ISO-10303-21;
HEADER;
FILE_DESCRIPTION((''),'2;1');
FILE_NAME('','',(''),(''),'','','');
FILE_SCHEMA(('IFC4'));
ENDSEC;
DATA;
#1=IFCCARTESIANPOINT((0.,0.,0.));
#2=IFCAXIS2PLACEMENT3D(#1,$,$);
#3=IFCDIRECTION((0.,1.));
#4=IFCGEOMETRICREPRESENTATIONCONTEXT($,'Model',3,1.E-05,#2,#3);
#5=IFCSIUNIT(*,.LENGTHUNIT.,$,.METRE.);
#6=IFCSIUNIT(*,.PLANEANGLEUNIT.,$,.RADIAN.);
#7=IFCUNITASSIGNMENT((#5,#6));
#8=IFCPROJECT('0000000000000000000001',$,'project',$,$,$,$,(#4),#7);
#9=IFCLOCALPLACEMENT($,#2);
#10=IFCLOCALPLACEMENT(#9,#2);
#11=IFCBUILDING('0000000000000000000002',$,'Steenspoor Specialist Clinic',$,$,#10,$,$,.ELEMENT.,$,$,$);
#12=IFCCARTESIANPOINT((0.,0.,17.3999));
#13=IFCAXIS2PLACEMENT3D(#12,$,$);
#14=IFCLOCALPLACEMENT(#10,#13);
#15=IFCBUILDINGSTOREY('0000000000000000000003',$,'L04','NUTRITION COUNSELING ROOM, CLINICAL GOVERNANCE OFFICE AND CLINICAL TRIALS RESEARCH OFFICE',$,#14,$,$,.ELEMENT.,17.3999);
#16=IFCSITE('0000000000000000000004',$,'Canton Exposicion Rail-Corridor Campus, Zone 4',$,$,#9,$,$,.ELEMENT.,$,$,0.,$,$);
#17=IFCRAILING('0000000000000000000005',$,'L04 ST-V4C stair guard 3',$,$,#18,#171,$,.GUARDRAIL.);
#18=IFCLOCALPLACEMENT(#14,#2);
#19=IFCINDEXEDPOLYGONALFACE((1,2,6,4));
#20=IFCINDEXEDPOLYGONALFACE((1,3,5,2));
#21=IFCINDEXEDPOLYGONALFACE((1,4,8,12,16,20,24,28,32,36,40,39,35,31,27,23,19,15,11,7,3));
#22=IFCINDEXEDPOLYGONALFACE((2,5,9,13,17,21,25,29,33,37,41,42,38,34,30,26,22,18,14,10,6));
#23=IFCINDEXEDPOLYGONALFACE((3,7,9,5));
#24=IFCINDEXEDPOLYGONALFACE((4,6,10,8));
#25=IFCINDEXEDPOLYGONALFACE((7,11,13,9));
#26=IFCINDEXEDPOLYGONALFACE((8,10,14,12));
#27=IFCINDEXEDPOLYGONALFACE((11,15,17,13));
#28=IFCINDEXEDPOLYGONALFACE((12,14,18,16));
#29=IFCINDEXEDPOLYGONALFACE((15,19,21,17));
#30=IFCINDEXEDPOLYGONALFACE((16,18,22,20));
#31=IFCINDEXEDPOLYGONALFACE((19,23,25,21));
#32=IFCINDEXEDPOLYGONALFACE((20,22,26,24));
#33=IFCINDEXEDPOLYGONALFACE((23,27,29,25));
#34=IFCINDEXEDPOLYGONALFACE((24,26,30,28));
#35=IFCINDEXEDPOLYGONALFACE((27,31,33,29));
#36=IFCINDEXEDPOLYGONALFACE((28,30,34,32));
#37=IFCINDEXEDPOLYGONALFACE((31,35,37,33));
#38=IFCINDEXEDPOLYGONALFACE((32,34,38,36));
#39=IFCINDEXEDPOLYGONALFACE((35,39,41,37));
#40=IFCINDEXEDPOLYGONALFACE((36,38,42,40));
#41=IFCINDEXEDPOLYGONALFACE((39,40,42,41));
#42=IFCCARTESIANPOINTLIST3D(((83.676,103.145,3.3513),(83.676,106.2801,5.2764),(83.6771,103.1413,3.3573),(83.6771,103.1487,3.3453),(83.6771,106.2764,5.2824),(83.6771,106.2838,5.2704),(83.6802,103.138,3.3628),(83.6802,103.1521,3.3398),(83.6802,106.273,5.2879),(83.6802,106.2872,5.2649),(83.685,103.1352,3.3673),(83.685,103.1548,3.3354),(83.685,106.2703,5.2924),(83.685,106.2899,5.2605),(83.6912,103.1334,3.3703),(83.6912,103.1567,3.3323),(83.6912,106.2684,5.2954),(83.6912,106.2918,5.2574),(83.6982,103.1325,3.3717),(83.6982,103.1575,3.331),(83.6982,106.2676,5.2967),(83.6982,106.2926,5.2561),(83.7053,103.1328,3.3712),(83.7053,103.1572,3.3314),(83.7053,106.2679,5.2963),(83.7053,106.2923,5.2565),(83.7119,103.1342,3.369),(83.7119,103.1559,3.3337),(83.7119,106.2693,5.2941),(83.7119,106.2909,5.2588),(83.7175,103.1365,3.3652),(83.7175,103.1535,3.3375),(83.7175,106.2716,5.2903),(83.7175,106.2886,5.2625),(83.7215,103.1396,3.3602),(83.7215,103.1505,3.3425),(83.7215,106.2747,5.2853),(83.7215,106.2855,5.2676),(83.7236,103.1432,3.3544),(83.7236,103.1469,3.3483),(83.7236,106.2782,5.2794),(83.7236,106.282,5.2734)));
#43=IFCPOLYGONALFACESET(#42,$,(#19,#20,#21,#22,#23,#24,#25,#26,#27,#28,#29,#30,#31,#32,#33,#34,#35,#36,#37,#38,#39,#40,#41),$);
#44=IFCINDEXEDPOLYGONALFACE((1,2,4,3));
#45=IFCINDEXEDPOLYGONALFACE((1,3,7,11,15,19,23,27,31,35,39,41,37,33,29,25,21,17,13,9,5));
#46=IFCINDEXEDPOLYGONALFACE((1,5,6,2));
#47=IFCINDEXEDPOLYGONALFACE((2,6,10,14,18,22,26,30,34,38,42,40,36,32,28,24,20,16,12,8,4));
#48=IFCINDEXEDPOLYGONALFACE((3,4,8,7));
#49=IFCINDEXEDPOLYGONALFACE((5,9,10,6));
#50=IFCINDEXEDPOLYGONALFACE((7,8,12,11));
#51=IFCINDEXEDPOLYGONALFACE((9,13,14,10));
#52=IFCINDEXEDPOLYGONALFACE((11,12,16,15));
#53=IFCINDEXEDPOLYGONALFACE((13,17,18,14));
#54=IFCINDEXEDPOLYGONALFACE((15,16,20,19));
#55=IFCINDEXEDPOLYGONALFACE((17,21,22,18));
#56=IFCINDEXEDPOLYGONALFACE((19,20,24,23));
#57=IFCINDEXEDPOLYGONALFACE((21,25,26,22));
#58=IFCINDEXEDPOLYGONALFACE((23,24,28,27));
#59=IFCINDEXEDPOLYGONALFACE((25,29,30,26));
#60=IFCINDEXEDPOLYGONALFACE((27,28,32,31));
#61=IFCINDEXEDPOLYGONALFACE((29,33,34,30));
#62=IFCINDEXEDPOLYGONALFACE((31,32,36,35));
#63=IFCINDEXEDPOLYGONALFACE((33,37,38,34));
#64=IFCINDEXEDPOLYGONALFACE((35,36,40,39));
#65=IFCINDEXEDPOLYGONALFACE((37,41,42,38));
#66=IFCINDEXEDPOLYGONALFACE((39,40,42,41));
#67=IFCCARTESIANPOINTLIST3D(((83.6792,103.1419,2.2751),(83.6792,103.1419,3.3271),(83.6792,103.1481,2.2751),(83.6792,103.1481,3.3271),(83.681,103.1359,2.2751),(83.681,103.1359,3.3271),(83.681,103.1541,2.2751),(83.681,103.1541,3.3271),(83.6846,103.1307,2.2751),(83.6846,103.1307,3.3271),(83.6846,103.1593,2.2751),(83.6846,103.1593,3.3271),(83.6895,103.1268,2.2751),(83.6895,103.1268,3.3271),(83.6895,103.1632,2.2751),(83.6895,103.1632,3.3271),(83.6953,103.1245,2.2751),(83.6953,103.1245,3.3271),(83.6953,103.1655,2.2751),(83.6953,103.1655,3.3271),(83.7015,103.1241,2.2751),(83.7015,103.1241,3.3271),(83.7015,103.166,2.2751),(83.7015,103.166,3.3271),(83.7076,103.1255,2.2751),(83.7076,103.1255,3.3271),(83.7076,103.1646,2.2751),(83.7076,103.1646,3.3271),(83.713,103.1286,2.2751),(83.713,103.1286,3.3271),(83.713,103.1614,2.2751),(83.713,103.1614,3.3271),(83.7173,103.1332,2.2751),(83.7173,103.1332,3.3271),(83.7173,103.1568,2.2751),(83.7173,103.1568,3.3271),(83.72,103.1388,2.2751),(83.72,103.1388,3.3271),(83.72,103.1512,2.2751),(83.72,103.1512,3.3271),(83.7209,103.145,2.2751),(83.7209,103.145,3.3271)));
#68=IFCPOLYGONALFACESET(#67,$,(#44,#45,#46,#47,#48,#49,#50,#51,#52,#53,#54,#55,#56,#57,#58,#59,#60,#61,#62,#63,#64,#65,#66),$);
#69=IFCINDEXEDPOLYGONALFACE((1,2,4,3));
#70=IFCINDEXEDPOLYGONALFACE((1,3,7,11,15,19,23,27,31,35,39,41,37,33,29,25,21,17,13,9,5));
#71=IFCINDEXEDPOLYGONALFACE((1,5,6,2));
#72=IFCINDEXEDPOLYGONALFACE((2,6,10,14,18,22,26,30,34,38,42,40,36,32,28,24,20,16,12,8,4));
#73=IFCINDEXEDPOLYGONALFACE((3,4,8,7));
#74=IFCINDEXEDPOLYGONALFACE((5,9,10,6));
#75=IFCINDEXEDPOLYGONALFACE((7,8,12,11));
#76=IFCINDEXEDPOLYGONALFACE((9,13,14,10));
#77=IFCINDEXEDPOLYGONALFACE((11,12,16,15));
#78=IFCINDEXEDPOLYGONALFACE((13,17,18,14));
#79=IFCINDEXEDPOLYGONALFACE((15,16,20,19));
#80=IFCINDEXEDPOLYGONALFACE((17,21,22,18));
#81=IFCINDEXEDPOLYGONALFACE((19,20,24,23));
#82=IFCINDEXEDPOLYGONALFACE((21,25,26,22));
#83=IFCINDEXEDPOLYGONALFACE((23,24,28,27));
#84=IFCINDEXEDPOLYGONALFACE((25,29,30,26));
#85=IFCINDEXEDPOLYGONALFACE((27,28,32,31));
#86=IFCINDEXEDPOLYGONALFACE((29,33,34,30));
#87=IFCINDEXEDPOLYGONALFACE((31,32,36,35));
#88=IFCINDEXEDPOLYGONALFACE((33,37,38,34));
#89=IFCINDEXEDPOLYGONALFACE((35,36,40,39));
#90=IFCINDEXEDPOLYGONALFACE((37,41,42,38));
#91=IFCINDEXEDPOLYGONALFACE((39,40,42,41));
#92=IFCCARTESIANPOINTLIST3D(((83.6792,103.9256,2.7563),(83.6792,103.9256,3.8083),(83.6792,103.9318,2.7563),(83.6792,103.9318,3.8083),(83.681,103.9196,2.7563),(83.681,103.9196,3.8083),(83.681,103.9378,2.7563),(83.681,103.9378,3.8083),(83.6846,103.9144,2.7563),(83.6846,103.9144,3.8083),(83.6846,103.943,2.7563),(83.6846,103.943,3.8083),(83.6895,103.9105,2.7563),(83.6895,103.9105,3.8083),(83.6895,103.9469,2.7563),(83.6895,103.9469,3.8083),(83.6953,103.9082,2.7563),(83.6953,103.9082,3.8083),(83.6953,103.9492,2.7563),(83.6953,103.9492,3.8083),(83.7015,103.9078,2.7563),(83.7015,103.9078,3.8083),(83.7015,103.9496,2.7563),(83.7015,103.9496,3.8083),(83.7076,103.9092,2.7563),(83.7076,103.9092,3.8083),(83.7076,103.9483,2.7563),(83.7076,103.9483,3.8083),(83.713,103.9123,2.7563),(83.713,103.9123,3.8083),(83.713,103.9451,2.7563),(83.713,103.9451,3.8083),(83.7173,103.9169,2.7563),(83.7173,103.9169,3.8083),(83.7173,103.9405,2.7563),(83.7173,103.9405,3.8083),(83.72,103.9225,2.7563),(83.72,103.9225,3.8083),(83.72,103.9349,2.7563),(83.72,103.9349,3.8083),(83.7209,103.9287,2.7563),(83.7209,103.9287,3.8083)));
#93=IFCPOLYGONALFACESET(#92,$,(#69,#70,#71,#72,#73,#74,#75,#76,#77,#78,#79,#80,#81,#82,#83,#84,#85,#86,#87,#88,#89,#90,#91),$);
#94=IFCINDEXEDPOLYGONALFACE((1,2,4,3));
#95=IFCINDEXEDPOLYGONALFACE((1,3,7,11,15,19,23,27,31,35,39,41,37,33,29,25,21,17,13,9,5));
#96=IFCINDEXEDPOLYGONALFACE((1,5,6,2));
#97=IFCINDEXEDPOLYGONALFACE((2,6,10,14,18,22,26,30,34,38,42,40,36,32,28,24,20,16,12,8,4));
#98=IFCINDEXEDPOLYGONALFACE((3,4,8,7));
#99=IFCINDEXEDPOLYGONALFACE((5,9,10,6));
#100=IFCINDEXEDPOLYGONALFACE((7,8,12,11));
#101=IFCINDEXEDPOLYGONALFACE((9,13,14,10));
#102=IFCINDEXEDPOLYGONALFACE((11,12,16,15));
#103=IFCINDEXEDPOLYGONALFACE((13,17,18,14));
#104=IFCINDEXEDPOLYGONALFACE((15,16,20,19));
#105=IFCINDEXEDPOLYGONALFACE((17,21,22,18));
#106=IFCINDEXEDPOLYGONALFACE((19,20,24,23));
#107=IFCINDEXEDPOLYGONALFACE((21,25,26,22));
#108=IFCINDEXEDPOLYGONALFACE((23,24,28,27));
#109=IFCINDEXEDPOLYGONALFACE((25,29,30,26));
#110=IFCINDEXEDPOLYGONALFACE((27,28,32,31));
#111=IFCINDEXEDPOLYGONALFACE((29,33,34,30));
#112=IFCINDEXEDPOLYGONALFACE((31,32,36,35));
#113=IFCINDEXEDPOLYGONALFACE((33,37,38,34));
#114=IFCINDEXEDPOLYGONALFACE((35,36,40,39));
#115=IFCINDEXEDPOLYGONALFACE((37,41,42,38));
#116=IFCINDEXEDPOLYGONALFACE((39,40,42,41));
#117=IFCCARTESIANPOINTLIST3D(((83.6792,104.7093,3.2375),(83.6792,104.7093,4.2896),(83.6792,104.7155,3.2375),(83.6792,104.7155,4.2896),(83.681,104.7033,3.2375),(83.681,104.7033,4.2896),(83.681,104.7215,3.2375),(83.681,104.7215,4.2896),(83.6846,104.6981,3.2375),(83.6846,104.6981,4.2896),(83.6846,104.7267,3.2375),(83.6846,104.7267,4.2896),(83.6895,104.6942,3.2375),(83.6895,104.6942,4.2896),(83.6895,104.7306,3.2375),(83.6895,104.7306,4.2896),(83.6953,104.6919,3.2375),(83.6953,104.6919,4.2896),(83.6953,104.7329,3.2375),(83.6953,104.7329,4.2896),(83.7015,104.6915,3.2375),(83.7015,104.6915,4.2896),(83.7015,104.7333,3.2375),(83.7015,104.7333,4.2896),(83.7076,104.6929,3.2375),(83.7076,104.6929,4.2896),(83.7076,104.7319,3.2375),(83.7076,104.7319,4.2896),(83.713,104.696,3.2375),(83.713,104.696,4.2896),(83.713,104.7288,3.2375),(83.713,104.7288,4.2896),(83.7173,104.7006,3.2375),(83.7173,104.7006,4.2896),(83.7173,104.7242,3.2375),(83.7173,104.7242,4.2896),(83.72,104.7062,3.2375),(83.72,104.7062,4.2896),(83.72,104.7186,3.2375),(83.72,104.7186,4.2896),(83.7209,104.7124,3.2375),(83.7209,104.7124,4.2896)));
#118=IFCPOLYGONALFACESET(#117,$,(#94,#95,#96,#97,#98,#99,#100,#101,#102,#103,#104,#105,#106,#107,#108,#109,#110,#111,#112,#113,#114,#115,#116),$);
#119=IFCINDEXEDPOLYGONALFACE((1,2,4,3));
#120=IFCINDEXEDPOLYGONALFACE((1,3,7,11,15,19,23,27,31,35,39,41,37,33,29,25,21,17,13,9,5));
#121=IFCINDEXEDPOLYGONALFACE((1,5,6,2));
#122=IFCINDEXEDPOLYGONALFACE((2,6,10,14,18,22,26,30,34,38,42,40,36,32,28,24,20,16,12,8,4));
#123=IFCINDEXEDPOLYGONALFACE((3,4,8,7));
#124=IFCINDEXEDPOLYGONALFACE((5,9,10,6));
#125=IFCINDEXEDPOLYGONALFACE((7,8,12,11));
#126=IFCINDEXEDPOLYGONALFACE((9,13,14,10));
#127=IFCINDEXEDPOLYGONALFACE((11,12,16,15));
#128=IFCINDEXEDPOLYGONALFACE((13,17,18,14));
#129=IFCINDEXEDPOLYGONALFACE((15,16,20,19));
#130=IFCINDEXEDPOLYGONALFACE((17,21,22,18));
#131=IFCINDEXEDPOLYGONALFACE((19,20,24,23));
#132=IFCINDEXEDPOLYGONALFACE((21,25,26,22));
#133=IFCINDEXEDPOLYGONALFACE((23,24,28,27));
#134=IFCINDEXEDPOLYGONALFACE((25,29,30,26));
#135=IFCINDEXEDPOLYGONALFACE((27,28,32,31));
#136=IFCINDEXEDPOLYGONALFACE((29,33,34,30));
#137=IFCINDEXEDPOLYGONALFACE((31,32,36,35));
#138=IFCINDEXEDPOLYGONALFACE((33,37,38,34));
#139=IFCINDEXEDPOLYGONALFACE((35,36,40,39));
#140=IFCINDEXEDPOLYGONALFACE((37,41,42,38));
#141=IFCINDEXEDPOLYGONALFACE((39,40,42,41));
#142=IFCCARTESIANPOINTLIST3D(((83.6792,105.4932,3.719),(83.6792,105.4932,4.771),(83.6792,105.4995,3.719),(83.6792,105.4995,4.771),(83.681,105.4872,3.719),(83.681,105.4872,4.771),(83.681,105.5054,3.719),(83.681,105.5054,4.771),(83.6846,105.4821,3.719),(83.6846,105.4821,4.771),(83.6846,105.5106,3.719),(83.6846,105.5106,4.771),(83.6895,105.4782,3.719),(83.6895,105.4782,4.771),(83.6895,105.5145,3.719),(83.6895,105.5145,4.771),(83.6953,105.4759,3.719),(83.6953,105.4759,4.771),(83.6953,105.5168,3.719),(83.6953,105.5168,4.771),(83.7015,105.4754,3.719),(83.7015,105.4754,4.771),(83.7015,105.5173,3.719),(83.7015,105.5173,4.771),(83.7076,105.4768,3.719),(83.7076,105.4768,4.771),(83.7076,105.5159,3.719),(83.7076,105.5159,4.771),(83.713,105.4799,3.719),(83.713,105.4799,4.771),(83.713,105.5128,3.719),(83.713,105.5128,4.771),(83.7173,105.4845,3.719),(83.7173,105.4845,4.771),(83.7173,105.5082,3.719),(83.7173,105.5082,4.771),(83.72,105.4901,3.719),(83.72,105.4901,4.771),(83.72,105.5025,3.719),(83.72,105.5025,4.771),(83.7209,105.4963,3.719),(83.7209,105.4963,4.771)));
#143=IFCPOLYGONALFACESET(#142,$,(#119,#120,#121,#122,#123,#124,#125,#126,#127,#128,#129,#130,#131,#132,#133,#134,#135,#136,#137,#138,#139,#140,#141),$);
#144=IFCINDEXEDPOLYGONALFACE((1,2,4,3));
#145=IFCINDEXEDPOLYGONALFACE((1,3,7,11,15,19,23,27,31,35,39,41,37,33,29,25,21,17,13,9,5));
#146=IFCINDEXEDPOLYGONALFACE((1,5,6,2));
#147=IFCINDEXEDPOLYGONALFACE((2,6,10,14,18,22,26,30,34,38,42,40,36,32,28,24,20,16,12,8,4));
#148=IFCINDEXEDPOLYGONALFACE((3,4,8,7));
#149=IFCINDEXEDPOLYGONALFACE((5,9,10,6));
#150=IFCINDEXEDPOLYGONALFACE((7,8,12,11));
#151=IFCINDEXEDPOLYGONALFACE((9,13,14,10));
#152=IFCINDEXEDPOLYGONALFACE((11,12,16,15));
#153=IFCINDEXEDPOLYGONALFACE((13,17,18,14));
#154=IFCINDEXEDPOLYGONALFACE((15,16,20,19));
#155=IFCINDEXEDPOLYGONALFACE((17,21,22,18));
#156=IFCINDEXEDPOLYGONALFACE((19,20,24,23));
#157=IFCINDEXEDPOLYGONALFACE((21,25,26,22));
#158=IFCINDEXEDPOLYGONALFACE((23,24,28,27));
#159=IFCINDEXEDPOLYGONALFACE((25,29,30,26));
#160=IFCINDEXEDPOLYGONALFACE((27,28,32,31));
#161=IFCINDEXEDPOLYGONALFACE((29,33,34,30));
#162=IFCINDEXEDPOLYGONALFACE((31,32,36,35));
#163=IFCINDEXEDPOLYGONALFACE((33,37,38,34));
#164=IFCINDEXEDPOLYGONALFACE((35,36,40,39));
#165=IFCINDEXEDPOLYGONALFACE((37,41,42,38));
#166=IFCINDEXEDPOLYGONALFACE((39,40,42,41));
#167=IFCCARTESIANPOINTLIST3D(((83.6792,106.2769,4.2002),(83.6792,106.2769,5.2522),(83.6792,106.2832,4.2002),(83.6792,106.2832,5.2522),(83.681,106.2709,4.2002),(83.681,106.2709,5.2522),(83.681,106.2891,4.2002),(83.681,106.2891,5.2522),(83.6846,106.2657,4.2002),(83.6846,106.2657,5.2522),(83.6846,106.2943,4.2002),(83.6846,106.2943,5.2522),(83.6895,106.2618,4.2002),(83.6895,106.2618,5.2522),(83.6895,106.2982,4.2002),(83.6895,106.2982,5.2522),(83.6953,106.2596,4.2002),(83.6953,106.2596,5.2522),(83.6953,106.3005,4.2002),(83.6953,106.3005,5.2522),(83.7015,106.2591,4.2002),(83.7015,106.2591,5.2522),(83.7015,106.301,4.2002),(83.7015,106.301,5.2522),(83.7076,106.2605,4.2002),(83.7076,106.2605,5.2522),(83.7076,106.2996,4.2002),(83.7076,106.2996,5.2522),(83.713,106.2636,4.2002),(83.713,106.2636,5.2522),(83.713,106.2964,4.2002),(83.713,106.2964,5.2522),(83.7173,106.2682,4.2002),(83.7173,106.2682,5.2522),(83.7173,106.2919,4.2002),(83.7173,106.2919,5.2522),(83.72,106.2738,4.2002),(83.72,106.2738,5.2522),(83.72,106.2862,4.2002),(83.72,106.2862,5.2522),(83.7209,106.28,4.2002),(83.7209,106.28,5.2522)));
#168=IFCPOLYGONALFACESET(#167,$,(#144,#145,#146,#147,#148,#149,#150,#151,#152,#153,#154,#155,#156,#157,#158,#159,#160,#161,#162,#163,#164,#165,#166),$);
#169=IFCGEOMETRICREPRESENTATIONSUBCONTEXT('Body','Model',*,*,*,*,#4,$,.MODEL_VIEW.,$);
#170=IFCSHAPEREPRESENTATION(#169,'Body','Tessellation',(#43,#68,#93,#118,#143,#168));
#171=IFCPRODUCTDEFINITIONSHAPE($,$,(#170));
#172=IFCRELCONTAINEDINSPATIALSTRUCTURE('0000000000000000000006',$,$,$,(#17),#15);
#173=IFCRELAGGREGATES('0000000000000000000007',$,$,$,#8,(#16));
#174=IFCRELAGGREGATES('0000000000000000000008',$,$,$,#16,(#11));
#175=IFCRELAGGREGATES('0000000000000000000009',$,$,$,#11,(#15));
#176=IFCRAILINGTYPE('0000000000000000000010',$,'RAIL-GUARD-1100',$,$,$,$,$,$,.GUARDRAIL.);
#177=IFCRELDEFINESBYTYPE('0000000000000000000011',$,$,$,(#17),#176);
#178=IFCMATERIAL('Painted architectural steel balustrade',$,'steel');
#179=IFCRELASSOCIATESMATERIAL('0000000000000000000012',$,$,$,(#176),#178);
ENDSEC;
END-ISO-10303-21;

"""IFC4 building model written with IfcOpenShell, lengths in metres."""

from ifc_helpers import new_model, si_unit, direction, frame, origin, origin_2d, place, context, subcontext, project, spatial, circle, extrude, material, type_object, element, save


model = new_model("IFC4")

# Units and contexts
model_context = context("Model", 3, precision=1e-05, world=origin(), true_north=direction((0.0, 1.0)))
body_context = subcontext(model_context, "Body", "Model", "MODEL_VIEW")
ifc_project = project(units=[si_unit("LENGTHUNIT", "METRE"), si_unit("PLANEANGLEUNIT", "RADIAN")], contexts=[model_context])

# Site, building, storey
site_placement = place(None, origin())
site = spatial("IfcSite", under=ifc_project, at=site_placement, Name="Canton Exposicion Rail-Corridor Campus, Zone 4", CompositionType="ELEMENT", RefElevation=0.0)
building_placement = place(site_placement, origin())
building = spatial("IfcBuilding", under=site, at=building_placement, Name="Steenspoor Specialist Clinic", CompositionType="ELEMENT")
storey_placement = place(building_placement, frame((0.0, 0.0, 17.3999)))
storey = spatial("IfcBuildingStorey", under=building, at=storey_placement, Name="L04", Description="NUTRITION COUNSELING ROOM, CLINICAL GOVERNANCE OFFICE AND CLINICAL TRIALS RESEARCH OFFICE", CompositionType="ELEMENT", Elevation=17.3999)

# Railing
ifc_material_1 = material(Name="Painted architectural steel balustrade", Category="steel")
railing_type_1 = type_object("IfcRailingType", Name="RAIL-GUARD-1100", PredefinedType="GUARDRAIL", material=ifc_material_1)
railing_1_placement = place(storey_placement, frame((83.7, 103.145, 2.2751)))
element("IfcRailing", 1, at=railing_1_placement, inside=storey, type_object=railing_type_1, Name="L04 ST-V4C stair guard 3", PredefinedType="GUARDRAIL", context=body_context, shape_type="SweptSolid", body=[
    extrude(circle(Radius=0.0239, at=origin_2d()), frame((0.0, 0.0, 1.0762), z_axis=(0.0, 0.852166, 0.523271), x_axis=(-1.0, 0.0, 0.0)), (0.0, 0.0, 1.0), 3.679),
    extrude(circle(Radius=0.021, at=origin_2d()), origin(), (0.0, 0.0, 1.0), 1.052),
    extrude(circle(Radius=0.021, at=origin_2d()), frame((0.0, 0.7837, 0.4812)), (0.0, 0.0, 1.0), 1.052),
    extrude(circle(Radius=0.021, at=origin_2d()), frame((0.0, 1.5674, 0.9624)), (0.0, 0.0, 1.0), 1.052),
    extrude(circle(Radius=0.021, at=origin_2d()), frame((0.0, 2.3513, 1.4438)), (0.0, 0.0, 1.0), 1.052),
    extrude(circle(Radius=0.021, at=origin_2d()), frame((0.0, 3.135, 1.925)), (0.0, 0.0, 1.0), 1.052),
])

save(model, "model.ifc")
